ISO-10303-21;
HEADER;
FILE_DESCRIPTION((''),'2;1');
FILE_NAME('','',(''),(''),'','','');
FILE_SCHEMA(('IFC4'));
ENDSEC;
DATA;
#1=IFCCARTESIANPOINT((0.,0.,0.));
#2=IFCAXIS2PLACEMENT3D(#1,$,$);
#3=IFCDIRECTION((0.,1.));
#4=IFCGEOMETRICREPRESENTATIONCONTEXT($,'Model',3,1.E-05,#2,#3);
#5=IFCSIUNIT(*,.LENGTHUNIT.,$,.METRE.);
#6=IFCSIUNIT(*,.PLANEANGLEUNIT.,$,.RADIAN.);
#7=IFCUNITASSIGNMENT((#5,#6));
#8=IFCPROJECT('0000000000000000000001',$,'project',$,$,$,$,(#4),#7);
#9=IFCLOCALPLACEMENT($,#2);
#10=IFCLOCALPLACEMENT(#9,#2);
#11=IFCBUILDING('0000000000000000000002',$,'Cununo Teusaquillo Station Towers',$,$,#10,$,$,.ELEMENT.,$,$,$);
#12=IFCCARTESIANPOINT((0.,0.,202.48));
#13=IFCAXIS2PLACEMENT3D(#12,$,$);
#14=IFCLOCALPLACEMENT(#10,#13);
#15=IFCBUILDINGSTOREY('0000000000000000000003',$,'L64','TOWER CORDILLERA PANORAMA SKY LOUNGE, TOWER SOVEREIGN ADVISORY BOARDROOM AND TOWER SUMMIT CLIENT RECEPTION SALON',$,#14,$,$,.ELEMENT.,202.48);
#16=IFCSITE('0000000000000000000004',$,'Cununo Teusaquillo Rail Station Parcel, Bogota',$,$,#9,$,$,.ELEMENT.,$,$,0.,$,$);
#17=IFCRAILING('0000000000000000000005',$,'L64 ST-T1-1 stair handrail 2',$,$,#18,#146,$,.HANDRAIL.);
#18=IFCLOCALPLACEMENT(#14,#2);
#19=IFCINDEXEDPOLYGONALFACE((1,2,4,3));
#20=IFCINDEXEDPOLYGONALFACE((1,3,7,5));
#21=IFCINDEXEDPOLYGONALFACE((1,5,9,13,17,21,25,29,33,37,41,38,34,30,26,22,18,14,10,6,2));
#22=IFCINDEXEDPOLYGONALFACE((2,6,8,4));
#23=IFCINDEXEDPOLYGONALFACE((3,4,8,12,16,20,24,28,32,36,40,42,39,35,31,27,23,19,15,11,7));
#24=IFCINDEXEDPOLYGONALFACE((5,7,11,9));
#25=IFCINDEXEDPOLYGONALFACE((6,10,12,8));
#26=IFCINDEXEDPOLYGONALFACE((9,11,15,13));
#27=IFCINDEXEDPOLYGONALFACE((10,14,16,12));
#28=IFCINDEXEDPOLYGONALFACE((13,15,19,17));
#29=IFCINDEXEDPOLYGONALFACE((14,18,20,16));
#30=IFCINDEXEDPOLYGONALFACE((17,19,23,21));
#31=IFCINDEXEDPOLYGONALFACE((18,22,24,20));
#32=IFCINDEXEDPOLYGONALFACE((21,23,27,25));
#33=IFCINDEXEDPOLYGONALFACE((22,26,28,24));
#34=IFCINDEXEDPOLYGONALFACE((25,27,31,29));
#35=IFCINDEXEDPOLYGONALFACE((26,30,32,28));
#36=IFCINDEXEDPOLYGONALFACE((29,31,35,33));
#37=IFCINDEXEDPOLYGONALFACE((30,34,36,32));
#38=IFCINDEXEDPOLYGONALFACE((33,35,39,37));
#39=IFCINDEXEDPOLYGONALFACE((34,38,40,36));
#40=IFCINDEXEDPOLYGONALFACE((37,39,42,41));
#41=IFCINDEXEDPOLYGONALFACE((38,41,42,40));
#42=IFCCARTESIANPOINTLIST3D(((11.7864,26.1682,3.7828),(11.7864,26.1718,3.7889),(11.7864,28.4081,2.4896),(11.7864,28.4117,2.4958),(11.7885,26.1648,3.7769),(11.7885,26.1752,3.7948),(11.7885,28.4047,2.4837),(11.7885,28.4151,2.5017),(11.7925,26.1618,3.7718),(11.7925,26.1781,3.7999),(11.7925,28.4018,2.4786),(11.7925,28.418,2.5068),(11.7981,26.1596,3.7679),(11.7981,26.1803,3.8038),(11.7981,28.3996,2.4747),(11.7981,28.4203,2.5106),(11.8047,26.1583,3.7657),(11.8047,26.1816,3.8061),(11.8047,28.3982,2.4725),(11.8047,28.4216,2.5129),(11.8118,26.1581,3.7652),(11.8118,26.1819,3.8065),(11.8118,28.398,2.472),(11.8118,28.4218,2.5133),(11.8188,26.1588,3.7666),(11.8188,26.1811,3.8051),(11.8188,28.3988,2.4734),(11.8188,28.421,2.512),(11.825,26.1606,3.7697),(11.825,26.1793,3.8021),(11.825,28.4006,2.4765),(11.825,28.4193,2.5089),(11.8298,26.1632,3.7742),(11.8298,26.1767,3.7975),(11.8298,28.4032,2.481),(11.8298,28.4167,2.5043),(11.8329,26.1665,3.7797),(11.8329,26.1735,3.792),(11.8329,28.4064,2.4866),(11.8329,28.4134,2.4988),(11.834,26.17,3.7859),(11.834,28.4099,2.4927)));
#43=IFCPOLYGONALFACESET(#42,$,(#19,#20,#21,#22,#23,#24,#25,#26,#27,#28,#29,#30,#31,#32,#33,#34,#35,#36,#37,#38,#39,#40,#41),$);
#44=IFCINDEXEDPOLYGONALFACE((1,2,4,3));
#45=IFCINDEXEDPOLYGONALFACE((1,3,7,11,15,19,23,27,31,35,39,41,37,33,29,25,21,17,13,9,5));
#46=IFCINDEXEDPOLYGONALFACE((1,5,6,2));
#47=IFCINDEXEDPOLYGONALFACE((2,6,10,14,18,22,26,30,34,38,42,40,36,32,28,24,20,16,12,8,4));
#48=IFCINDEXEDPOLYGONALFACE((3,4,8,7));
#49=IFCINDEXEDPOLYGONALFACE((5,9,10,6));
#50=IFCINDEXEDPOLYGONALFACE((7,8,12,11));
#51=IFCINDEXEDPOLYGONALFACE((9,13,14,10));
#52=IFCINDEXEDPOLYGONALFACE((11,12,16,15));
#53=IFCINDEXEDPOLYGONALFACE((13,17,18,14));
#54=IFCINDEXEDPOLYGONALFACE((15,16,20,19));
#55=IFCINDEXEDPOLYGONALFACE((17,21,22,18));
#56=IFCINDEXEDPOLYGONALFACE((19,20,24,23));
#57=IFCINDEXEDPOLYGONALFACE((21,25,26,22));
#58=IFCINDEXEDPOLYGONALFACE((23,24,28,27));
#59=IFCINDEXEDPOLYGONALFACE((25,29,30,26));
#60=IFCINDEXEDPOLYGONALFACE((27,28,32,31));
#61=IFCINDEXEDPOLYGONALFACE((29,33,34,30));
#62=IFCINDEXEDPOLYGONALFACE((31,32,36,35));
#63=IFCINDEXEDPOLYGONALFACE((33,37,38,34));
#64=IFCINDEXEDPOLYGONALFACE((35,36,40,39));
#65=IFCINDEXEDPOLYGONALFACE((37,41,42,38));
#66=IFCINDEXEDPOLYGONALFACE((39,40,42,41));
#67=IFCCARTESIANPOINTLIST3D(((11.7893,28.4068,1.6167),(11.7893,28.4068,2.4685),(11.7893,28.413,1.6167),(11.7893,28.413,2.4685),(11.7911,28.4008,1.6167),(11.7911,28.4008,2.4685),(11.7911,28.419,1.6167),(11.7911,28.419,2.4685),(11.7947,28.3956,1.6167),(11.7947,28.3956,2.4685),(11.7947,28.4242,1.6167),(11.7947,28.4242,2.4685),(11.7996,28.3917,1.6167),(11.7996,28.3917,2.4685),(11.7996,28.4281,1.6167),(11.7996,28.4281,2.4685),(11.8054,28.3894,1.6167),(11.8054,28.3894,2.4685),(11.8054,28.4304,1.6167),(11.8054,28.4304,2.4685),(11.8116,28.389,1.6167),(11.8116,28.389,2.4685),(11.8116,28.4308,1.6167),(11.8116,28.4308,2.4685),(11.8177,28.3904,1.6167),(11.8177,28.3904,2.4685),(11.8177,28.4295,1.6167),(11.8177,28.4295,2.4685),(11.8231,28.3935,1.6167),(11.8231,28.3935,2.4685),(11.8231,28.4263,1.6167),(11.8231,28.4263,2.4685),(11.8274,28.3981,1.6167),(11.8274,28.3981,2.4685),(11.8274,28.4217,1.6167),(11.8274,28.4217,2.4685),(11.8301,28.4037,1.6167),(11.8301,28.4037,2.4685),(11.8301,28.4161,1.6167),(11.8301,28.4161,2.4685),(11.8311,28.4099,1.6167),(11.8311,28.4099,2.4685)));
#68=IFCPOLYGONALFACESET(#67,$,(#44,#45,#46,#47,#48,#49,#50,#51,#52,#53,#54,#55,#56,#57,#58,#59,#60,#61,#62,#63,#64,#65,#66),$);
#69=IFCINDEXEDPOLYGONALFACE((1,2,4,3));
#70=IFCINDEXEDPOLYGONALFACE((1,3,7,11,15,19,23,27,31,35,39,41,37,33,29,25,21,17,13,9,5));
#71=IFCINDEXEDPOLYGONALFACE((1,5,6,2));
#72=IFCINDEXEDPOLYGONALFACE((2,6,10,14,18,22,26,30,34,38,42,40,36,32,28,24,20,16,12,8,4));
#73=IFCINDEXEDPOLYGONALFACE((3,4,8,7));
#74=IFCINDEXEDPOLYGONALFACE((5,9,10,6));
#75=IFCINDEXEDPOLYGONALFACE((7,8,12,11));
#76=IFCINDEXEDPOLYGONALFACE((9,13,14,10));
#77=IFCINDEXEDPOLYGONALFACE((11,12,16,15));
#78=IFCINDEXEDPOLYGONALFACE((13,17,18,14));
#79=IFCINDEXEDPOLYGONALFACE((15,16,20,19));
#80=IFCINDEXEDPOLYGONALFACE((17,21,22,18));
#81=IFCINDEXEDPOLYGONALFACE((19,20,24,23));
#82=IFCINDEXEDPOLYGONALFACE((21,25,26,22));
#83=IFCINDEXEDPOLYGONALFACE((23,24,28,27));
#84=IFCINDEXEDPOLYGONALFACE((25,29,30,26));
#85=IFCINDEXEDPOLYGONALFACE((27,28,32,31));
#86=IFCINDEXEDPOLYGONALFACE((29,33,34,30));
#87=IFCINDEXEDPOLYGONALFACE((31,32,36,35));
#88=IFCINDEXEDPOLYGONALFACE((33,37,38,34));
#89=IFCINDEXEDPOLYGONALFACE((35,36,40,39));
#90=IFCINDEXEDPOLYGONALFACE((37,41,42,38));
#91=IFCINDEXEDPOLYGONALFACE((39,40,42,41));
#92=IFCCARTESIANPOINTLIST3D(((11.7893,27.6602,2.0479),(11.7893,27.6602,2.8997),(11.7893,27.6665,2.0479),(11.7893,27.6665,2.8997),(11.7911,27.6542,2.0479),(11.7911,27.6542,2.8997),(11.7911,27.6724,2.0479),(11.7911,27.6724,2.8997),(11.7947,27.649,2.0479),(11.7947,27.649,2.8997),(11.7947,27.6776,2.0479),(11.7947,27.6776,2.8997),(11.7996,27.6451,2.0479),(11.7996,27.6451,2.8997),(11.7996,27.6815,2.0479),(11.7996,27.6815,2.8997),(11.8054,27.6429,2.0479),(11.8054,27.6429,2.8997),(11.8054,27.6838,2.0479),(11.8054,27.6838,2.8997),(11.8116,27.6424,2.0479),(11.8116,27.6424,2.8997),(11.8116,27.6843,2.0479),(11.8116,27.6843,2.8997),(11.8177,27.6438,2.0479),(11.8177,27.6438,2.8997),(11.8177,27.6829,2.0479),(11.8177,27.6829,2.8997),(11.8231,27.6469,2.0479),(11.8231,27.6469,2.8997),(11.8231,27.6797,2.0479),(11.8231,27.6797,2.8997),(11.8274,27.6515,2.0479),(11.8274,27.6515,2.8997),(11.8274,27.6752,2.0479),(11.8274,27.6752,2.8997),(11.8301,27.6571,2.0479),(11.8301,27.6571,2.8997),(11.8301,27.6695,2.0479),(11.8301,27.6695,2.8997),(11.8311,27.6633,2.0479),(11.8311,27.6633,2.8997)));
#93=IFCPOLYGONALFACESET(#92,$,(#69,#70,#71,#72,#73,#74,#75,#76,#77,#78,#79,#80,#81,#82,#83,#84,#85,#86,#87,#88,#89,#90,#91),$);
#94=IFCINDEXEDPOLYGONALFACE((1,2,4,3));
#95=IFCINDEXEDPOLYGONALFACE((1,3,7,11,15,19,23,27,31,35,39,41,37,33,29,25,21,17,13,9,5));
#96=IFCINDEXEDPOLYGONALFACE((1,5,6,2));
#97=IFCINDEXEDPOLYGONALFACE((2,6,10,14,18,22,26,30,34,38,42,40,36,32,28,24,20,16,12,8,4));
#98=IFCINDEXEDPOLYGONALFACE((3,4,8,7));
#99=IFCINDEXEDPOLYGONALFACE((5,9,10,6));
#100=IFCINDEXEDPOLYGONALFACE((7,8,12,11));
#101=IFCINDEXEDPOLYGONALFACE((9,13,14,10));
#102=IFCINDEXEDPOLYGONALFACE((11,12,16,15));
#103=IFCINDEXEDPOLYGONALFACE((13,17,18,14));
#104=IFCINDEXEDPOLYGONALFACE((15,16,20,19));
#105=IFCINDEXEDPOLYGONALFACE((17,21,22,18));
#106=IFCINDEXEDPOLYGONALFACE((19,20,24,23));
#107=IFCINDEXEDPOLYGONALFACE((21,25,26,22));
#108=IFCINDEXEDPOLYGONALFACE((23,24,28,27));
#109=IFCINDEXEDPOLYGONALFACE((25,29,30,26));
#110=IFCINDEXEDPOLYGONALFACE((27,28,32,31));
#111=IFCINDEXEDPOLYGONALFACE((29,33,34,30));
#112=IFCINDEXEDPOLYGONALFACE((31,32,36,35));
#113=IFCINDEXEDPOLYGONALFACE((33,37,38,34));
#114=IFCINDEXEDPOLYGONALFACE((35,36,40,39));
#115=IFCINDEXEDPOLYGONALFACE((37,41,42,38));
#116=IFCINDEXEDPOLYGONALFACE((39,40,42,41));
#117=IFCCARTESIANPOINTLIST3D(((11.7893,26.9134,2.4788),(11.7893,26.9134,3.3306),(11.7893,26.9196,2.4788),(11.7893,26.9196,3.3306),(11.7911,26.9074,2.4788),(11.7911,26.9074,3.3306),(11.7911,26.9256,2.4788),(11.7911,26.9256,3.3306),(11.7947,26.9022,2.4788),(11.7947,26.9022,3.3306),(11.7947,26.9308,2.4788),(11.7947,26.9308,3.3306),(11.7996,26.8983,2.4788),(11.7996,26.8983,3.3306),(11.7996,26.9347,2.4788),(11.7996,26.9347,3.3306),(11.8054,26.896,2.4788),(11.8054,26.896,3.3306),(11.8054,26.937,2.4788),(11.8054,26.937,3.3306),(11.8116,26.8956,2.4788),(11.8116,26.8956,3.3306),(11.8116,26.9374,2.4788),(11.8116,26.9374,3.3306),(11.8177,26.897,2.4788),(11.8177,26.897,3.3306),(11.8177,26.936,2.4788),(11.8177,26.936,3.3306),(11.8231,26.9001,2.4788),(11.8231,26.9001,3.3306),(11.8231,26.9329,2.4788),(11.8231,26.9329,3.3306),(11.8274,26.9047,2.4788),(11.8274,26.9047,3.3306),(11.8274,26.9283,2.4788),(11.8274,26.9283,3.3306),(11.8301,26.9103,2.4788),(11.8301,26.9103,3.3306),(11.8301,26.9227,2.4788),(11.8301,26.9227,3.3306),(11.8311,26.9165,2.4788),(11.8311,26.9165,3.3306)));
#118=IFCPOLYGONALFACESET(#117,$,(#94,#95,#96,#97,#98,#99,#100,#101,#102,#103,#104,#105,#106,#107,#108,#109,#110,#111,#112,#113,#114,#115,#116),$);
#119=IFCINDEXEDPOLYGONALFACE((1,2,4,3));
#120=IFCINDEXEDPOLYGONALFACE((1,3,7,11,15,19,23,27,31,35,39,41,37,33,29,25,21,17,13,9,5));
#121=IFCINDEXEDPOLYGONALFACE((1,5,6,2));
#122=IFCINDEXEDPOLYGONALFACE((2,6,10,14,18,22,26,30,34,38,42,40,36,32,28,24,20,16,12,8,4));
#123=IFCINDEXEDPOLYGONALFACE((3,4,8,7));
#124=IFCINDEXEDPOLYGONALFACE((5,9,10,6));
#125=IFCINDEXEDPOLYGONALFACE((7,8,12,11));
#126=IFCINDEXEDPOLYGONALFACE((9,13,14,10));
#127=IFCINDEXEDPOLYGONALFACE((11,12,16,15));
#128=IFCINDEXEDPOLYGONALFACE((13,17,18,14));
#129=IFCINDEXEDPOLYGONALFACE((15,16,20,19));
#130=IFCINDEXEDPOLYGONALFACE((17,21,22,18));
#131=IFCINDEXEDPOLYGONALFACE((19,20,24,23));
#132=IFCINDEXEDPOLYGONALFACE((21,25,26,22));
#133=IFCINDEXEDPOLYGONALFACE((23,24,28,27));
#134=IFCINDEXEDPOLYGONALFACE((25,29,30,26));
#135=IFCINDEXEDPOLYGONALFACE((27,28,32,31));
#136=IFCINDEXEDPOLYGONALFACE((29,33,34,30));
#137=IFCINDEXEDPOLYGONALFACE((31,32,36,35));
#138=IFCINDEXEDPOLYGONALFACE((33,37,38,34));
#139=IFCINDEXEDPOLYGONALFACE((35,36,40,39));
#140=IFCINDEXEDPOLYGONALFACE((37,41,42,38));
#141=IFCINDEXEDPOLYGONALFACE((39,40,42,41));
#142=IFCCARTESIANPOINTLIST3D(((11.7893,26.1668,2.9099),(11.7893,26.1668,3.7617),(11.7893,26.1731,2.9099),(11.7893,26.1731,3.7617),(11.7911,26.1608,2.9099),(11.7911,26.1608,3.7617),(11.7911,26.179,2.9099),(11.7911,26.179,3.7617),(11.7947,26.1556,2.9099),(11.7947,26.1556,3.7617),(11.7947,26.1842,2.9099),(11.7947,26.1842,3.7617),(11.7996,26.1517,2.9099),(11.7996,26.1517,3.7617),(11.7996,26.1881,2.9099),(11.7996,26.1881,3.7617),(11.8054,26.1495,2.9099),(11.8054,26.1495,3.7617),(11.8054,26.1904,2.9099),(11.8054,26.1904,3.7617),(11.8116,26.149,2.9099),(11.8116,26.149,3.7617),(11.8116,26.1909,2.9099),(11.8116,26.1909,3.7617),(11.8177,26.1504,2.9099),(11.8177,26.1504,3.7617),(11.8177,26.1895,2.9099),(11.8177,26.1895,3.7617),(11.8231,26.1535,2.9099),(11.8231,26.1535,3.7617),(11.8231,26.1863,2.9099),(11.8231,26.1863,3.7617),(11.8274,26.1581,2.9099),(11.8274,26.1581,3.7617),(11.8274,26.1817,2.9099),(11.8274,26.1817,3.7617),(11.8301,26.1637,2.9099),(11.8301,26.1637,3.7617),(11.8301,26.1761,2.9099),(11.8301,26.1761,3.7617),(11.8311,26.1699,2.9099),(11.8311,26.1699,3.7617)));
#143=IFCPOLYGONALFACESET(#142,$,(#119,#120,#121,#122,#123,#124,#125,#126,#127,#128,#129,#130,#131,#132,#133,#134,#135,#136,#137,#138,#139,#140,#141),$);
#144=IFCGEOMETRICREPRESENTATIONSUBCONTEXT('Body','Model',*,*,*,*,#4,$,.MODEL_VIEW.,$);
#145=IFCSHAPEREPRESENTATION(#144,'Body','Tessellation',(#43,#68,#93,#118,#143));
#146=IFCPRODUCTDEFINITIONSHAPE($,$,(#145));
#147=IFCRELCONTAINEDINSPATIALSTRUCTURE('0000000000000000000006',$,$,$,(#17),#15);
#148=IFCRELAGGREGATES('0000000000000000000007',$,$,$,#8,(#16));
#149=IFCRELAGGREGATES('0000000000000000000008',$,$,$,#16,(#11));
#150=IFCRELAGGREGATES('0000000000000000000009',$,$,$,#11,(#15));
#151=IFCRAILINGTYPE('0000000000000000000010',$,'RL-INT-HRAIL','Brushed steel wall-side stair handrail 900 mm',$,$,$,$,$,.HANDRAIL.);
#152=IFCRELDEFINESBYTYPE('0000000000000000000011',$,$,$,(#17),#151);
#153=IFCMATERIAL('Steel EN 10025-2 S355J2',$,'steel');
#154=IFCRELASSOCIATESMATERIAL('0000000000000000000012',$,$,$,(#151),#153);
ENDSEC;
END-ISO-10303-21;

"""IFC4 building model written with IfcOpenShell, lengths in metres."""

from ifc_helpers import new_model, si_unit, direction, frame, origin, origin_2d, place, context, subcontext, project, spatial, circle, extrude, material, type_object, element, save


model = new_model("IFC4")

# Units and contexts
model_context = context("Model", 3, precision=1e-05, world=origin(), true_north=direction((0.0, 1.0)))
body_context = subcontext(model_context, "Body", "Model", "MODEL_VIEW")
ifc_project = project(units=[si_unit("LENGTHUNIT", "METRE"), si_unit("PLANEANGLEUNIT", "RADIAN")], contexts=[model_context])

# Site, building, storey
site_placement = place(None, origin())
site = spatial("IfcSite", under=ifc_project, at=site_placement, Name="Cununo Teusaquillo Rail Station Parcel, Bogota", CompositionType="ELEMENT", RefElevation=0.0)
building_placement = place(site_placement, origin())
building = spatial("IfcBuilding", under=site, at=building_placement, Name="Cununo Teusaquillo Station Towers", CompositionType="ELEMENT")
storey_placement = place(building_placement, frame((0.0, 0.0, 202.48)))
storey = spatial("IfcBuildingStorey", under=building, at=storey_placement, Name="L64", Description="TOWER CORDILLERA PANORAMA SKY LOUNGE, TOWER SOVEREIGN ADVISORY BOARDROOM AND TOWER SUMMIT CLIENT RECEPTION SALON", CompositionType="ELEMENT", Elevation=202.48)

# Railing
ifc_material_1 = material(Name="Steel EN 10025-2 S355J2", Category="steel")
railing_type_1 = type_object("IfcRailingType", Name="RL-INT-HRAIL", Description="Brushed steel wall-side stair handrail 900 mm", PredefinedType="HANDRAIL", material=ifc_material_1)
railing_1_placement = place(storey_placement, frame((11.8101, 28.4099, 1.6167)))
element("IfcRailing", 1, at=railing_1_placement, inside=storey, type_object=railing_type_1, Name="L64 ST-T1-1 stair handrail 2", PredefinedType="HANDRAIL", context=body_context, shape_type="SweptSolid", body=[
    extrude(circle(Radius=0.0239, at=origin_2d()), frame((0.0, 0.0, 0.876), z_axis=(0.0, -0.866033, 0.499987), x_axis=(1.0, 0.0, 0.0)), (0.0, 0.0, 1.0), 2.5864),
    extrude(circle(Radius=0.021, at=origin_2d()), origin(), (0.0, 0.0, 1.0), 0.8518),
    extrude(circle(Radius=0.021, at=origin_2d()), frame((0.0, -0.7466, 0.4312)), (0.0, 0.0, 1.0), 0.8518),
    extrude(circle(Radius=0.021, at=origin_2d()), frame((0.0, -1.4934, 0.8621)), (0.0, 0.0, 1.0), 0.8518),
    extrude(circle(Radius=0.021, at=origin_2d()), frame((0.0, -2.24, 1.2932)), (0.0, 0.0, 1.0), 0.8518),
])

save(model, "model.ifc")
